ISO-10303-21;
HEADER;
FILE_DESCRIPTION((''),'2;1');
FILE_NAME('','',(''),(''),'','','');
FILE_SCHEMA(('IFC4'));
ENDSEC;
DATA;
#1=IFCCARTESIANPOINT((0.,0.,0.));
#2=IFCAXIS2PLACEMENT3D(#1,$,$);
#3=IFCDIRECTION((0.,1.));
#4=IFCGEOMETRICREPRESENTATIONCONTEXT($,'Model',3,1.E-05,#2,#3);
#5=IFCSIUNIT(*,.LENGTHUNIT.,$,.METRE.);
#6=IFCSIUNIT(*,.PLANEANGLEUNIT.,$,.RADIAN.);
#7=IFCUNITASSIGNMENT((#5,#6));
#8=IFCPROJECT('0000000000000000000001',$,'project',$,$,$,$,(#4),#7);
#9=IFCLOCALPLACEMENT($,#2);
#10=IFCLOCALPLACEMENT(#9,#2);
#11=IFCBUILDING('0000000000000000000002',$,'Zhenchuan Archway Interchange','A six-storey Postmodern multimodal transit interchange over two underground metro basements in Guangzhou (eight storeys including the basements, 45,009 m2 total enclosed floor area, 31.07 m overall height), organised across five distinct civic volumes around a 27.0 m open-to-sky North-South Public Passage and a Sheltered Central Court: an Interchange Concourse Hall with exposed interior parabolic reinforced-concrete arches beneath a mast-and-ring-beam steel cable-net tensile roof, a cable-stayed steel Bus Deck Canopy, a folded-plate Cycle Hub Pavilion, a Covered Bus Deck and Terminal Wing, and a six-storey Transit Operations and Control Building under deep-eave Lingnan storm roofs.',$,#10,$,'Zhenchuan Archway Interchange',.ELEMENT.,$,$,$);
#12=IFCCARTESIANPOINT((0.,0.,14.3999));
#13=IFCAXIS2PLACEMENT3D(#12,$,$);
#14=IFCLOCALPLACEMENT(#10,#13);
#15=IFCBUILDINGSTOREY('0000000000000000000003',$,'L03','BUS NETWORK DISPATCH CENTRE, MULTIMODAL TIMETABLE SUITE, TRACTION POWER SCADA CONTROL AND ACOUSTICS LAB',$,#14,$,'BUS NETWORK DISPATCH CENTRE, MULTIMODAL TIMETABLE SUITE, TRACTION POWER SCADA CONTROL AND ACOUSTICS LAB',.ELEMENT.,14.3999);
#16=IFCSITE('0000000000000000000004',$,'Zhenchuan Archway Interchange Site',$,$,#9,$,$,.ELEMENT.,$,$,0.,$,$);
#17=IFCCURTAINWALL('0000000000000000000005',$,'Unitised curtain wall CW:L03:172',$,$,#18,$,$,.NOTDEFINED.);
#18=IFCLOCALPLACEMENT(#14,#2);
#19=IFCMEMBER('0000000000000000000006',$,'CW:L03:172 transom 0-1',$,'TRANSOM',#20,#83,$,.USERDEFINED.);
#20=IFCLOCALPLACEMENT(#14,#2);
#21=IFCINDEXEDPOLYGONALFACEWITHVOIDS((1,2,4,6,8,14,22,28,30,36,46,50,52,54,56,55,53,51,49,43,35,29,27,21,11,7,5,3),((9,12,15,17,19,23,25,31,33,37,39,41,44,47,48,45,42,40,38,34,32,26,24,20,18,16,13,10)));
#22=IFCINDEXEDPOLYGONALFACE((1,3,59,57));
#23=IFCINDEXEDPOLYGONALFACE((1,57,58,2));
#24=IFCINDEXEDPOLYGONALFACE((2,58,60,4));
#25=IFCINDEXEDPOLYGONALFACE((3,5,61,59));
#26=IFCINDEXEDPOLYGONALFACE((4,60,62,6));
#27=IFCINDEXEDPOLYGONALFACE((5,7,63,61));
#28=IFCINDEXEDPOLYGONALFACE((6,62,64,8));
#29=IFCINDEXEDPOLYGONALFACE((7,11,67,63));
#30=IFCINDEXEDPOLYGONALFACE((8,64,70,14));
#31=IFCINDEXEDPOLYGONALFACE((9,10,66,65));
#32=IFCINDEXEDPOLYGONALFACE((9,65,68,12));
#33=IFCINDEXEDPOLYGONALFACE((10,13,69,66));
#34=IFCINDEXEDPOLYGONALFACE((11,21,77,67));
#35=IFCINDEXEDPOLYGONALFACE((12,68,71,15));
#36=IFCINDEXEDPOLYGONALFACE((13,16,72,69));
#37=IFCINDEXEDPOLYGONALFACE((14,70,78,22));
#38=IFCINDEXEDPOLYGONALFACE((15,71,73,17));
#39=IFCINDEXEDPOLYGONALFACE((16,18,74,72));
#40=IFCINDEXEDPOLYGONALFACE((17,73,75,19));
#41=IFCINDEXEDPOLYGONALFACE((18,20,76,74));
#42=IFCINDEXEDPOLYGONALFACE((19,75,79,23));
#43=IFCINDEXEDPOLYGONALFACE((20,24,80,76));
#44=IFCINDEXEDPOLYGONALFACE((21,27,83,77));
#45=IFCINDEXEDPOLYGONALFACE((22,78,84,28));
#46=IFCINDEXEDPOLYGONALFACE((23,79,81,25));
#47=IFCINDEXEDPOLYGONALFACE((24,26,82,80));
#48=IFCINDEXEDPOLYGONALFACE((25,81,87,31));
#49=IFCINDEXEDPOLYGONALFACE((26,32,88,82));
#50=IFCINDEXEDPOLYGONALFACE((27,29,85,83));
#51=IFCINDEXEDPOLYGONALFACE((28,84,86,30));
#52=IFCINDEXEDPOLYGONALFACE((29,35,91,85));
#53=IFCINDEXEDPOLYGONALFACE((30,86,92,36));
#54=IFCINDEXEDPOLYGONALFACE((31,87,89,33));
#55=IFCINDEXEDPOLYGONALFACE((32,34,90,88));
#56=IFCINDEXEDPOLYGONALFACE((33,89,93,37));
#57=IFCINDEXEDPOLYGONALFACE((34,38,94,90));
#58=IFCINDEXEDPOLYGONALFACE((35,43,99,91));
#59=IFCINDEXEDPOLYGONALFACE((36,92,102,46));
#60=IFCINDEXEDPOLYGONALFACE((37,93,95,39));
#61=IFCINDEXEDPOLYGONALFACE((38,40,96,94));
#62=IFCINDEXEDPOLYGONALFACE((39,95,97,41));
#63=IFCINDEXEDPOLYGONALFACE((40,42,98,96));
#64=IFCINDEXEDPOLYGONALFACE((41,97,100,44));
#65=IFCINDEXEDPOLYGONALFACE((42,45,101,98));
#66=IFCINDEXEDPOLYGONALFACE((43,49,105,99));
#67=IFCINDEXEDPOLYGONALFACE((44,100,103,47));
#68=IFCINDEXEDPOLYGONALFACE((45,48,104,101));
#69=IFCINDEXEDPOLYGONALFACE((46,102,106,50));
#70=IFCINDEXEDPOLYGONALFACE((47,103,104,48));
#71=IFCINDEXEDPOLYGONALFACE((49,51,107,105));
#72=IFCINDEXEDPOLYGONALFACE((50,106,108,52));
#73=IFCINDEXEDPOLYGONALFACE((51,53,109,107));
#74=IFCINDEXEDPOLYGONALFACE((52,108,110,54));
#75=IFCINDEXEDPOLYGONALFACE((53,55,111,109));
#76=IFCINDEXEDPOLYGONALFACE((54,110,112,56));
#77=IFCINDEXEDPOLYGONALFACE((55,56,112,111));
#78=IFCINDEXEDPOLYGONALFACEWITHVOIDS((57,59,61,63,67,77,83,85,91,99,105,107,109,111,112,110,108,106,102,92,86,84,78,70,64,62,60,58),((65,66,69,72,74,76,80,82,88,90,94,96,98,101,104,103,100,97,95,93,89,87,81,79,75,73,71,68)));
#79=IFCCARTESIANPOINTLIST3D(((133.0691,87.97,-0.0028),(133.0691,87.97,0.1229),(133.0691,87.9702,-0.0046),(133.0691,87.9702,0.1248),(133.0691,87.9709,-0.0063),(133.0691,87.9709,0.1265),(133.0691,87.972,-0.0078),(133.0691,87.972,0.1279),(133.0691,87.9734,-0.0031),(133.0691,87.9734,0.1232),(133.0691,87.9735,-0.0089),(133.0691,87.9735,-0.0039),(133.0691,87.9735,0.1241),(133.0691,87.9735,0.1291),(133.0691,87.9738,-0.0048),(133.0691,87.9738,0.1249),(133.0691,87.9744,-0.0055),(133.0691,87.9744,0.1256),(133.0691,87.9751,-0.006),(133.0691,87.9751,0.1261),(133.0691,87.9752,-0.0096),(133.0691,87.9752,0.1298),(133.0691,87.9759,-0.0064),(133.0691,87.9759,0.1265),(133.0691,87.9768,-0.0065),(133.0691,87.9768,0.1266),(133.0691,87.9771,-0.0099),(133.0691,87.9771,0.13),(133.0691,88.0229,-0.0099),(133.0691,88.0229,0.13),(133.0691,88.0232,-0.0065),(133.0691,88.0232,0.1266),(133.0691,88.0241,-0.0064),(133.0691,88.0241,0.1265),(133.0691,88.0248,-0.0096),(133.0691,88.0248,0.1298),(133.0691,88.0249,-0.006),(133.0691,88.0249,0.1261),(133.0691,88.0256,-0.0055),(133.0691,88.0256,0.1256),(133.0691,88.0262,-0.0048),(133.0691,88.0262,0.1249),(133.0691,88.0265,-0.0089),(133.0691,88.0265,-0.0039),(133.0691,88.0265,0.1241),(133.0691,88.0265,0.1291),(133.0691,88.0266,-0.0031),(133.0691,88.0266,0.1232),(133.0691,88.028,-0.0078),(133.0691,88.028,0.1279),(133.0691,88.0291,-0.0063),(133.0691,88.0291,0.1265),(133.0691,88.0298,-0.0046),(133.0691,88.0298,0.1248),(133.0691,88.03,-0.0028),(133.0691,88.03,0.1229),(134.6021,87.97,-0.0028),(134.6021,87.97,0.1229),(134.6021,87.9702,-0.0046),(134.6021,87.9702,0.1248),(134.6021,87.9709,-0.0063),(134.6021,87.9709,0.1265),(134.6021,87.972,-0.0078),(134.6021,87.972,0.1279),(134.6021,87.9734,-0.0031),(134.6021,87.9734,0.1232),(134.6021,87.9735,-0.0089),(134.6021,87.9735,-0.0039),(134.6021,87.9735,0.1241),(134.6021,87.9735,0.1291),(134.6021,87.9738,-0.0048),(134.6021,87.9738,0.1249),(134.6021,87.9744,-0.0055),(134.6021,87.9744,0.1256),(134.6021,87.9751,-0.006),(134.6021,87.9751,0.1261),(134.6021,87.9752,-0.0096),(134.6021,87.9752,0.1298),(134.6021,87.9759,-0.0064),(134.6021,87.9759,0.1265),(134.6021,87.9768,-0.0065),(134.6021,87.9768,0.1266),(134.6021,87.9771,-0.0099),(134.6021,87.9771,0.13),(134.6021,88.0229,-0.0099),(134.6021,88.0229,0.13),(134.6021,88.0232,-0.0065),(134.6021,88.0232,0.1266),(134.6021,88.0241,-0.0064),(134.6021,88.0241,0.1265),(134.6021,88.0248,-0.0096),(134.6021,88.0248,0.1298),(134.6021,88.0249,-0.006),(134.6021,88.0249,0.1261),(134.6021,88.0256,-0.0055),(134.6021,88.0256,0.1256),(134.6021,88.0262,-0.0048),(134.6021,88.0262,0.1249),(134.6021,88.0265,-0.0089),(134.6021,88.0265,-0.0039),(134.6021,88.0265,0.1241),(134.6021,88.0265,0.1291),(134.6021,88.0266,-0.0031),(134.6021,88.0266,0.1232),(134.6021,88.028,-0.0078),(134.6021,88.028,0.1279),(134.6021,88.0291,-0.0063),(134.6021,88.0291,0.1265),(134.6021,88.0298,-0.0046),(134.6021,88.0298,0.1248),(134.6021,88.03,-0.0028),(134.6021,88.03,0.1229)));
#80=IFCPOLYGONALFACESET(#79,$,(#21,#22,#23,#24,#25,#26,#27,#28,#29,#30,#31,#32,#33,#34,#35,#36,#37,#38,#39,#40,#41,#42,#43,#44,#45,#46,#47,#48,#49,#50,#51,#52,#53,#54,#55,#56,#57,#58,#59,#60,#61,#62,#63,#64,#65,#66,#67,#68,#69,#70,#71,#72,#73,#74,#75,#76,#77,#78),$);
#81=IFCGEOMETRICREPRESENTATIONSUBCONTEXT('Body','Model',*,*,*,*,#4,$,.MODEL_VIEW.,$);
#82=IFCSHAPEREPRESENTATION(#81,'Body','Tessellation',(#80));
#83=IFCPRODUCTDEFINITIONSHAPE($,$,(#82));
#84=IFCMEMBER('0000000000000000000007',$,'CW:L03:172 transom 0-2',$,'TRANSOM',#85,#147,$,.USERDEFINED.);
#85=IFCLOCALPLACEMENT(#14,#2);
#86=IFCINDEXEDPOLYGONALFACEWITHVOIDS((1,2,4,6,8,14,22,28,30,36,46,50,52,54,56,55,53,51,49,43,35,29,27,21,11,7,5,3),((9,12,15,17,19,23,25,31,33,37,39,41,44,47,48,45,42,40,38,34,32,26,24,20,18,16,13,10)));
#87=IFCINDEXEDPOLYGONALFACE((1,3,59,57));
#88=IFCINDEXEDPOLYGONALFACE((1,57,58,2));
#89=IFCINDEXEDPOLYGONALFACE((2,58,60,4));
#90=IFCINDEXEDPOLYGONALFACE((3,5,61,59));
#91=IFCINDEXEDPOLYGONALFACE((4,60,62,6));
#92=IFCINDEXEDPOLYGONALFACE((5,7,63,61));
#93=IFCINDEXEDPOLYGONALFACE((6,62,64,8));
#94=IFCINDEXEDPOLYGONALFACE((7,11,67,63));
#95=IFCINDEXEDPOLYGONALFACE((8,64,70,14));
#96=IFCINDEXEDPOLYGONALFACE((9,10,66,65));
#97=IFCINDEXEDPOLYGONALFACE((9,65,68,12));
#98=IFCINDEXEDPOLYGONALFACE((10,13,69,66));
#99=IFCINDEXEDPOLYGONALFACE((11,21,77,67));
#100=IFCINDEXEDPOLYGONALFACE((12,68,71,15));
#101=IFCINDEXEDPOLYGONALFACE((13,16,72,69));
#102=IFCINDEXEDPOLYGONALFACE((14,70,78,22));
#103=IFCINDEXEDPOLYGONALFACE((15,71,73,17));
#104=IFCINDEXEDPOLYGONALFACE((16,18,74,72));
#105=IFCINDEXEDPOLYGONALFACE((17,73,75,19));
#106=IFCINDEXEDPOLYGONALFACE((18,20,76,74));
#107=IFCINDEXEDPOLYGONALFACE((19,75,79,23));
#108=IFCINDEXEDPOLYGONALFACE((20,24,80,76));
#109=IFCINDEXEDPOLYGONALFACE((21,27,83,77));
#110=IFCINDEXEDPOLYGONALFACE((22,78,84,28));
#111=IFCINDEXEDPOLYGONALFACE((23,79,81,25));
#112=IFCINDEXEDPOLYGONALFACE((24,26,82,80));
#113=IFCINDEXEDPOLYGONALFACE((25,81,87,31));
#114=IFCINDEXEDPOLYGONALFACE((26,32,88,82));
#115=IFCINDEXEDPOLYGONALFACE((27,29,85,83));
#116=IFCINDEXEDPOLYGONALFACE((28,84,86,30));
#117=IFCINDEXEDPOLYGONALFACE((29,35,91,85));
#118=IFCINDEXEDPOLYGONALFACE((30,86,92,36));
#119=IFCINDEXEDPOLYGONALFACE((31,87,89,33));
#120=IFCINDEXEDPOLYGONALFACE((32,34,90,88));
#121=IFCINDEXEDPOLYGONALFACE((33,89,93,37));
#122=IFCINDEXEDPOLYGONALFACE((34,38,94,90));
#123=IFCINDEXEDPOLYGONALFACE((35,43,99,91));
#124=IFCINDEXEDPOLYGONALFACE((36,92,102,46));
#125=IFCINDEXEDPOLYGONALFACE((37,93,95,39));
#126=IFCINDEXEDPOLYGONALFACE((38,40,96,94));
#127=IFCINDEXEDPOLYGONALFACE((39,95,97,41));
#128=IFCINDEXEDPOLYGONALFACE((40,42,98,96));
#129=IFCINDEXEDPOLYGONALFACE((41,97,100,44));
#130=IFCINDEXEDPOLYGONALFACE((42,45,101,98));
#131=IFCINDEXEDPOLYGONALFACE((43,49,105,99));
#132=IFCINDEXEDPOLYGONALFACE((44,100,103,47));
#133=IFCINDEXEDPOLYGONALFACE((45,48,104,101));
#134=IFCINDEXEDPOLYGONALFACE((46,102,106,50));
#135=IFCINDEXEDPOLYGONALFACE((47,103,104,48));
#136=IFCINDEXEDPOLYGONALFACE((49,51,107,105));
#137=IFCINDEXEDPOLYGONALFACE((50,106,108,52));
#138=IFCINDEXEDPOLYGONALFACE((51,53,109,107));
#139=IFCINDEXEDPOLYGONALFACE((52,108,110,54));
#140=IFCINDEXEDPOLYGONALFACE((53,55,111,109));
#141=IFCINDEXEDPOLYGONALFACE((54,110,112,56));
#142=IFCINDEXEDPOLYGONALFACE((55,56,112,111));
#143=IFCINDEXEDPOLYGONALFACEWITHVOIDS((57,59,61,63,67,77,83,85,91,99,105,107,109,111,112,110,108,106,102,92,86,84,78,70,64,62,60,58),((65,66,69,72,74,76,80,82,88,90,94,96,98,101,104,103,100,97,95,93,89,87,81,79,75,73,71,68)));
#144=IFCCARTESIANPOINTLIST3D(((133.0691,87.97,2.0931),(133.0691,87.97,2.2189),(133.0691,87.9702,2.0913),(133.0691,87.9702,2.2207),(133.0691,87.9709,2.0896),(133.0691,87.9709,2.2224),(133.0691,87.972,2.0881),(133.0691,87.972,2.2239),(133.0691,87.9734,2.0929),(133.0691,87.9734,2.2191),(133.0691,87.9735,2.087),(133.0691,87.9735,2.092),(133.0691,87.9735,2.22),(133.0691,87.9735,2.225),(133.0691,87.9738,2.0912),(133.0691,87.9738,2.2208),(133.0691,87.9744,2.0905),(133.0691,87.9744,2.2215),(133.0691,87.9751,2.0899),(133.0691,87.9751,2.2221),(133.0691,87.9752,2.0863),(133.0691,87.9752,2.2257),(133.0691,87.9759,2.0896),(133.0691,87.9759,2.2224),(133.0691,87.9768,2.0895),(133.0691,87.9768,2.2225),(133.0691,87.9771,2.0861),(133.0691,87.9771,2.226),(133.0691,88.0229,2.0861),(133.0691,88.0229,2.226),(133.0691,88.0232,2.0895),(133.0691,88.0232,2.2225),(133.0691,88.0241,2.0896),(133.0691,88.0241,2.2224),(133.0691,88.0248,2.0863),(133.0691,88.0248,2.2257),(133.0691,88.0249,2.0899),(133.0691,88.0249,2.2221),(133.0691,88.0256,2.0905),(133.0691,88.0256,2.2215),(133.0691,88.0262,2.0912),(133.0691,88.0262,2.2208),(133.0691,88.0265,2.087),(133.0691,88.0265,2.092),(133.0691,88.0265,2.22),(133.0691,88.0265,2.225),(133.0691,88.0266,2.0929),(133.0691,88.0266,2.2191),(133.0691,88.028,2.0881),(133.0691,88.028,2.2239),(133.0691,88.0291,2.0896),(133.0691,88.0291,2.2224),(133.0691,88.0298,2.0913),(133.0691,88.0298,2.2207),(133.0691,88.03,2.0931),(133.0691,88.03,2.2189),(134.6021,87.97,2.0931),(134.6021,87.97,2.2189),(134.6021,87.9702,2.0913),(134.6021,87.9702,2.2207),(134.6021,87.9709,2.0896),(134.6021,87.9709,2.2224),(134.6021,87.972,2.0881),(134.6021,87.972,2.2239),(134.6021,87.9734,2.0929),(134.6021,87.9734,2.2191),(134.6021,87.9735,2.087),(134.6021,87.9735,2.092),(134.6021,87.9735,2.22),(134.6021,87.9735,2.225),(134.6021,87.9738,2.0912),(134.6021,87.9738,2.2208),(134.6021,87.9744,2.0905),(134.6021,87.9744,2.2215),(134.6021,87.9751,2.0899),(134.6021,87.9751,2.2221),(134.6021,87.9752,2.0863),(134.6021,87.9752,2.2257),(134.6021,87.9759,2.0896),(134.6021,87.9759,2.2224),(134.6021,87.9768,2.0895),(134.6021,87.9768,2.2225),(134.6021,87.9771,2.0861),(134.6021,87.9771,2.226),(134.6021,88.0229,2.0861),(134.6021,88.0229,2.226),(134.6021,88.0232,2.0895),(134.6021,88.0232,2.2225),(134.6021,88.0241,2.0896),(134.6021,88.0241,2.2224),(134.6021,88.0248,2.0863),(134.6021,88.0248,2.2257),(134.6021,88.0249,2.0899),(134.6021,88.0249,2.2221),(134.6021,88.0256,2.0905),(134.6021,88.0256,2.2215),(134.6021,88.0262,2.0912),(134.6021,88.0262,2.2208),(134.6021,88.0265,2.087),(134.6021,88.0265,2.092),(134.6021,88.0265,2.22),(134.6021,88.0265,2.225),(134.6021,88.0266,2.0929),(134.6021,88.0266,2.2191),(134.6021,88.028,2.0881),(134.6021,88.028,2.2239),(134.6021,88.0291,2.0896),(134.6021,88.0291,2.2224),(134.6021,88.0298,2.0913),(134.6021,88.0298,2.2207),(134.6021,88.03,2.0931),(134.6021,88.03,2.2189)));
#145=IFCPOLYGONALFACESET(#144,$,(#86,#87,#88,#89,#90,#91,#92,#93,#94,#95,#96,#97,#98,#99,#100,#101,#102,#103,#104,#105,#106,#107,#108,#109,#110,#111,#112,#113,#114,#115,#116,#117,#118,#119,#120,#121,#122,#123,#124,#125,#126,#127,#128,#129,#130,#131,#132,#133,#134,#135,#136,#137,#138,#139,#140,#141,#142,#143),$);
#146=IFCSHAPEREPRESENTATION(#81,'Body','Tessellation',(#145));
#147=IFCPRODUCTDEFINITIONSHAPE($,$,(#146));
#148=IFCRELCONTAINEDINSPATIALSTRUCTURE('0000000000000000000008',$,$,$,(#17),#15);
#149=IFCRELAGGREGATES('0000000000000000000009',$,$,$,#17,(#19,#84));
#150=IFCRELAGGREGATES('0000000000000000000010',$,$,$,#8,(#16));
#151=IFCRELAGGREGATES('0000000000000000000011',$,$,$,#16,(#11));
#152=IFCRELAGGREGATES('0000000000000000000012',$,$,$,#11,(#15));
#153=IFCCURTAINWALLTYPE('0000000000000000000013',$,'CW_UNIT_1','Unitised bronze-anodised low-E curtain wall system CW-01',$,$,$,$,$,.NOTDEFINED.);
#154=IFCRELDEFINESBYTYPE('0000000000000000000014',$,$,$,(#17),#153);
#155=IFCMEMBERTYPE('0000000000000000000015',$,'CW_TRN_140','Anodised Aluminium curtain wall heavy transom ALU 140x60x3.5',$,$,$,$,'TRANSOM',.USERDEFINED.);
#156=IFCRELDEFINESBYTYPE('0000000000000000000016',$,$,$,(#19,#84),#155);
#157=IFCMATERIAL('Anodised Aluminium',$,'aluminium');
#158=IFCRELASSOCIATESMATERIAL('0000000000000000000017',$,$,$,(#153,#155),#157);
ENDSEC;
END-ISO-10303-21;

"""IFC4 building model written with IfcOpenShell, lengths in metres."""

from ifc_helpers import new_model, si_unit, direction, frame, origin, origin_2d, place, context, subcontext, project, spatial, hollow_rectangle, extrude, material, material_profile, profile_set, type_object, element, aggregate, save


model = new_model("IFC4")

# Units and contexts
model_context = context("Model", 3, precision=1e-05, world=origin(), true_north=direction((0.0, 1.0)))
body_context = subcontext(model_context, "Body", "Model", "MODEL_VIEW")
ifc_project = project(units=[si_unit("LENGTHUNIT", "METRE"), si_unit("PLANEANGLEUNIT", "RADIAN")], contexts=[model_context])

# Site, building, storey
site_placement = place(None, origin())
site = spatial("IfcSite", under=ifc_project, at=site_placement, Name="Zhenchuan Archway Interchange Site", CompositionType="ELEMENT", RefElevation=0.0)
building_placement = place(site_placement, origin())
building = spatial("IfcBuilding", under=site, at=building_placement, Name="Zhenchuan Archway Interchange", Description="A six-storey Postmodern multimodal transit interchange over two underground metro basements in Guangzhou (eight storeys including the basements, 45,009 m2 total enclosed floor area, 31.07 m overall height), organised across five distinct civic volumes around a 27.0 m open-to-sky North-South Public Passage and a Sheltered Central Court: an Interchange Concourse Hall with exposed interior parabolic reinforced-concrete arches beneath a mast-and-ring-beam steel cable-net tensile roof, a cable-stayed steel Bus Deck Canopy, a folded-plate Cycle Hub Pavilion, a Covered Bus Deck and Terminal Wing, and a six-storey Transit Operations and Control Building under deep-eave Lingnan storm roofs.", LongName="Zhenchuan Archway Interchange", CompositionType="ELEMENT")
storey_placement = place(building_placement, frame((0.0, 0.0, 14.3999)))
storey = spatial("IfcBuildingStorey", under=building, at=storey_placement, Name="L03", Description="BUS NETWORK DISPATCH CENTRE, MULTIMODAL TIMETABLE SUITE, TRACTION POWER SCADA CONTROL AND ACOUSTICS LAB", LongName="BUS NETWORK DISPATCH CENTRE, MULTIMODAL TIMETABLE SUITE, TRACTION POWER SCADA CONTROL AND ACOUSTICS LAB", CompositionType="ELEMENT", Elevation=14.3999)

# Curtain wall
ifc_material_1 = material(Name="Anodised Aluminium", Category="aluminium")
curtain_wall_type_1 = type_object("IfcCurtainWallType", Name="CW_UNIT_1", Description="Unitised bronze-anodised low-E curtain wall system CW-01", PredefinedType="NOTDEFINED", material=ifc_material_1)
curtain_wall_1_placement = place(storey_placement, origin())
curtain_wall_1 = element("IfcCurtainWall", 1, at=curtain_wall_1_placement, inside=storey, type_object=curtain_wall_type_1, Name="Unitised curtain wall CW:L03:172", PredefinedType="NOTDEFINED")

# Members
ifc_material_profile_1 = material_profile(ifc_material_1, hollow_rectangle(XDim=0.0601, YDim=0.1399, WallThickness=0.0034, InnerFilletRadius=0.0034, OuterFilletRadius=0.0071, at=origin_2d()), Name="ALU 140x60x3.5")
ifc_profile_set_1 = profile_set([ifc_material_profile_1], Name="Anodised Aluminium")
member_type_1 = type_object("IfcMemberType", Name="CW_TRN_140", Description="Anodised Aluminium curtain wall heavy transom ALU 140x60x3.5", ElementType="TRANSOM", PredefinedType="USERDEFINED", material=ifc_profile_set_1)
member_1_placement = place(storey_placement, frame((134.6021, 88.0, 0.0601), z_axis=(-1.0, 0.0, 0.0), x_axis=(0.0, -1.0, 0.0)))
member_1 = element("IfcMember", 2, at=member_1_placement, type_object=member_type_1, Name="CW:L03:172 transom 0-1", ObjectType="TRANSOM", PredefinedType="USERDEFINED", context=body_context, shape_type="SweptSolid", body=[
    extrude(hollow_rectangle(XDim=0.0601, YDim=0.1399, WallThickness=0.0034, InnerFilletRadius=0.0034, OuterFilletRadius=0.0071, at=origin_2d()), origin(), (0.0, 0.0, 1.0), 1.533),
])
member_2_placement = place(storey_placement, frame((134.6021, 88.0, 2.156), z_axis=(-1.0, 0.0, 0.0), x_axis=(0.0, -1.0, 0.0)))
member_2 = element("IfcMember", 3, at=member_2_placement, type_object=member_type_1, Name="CW:L03:172 transom 0-2", ObjectType="TRANSOM", PredefinedType="USERDEFINED", context=body_context, shape_type="SweptSolid", body=[
    extrude(hollow_rectangle(XDim=0.0601, YDim=0.1399, WallThickness=0.0034, InnerFilletRadius=0.0034, OuterFilletRadius=0.0071, at=origin_2d()), origin(), (0.0, 0.0, 1.0), 1.533),
])

aggregate(curtain_wall_1, [member_1, member_2])

save(model, "model.ifc")
